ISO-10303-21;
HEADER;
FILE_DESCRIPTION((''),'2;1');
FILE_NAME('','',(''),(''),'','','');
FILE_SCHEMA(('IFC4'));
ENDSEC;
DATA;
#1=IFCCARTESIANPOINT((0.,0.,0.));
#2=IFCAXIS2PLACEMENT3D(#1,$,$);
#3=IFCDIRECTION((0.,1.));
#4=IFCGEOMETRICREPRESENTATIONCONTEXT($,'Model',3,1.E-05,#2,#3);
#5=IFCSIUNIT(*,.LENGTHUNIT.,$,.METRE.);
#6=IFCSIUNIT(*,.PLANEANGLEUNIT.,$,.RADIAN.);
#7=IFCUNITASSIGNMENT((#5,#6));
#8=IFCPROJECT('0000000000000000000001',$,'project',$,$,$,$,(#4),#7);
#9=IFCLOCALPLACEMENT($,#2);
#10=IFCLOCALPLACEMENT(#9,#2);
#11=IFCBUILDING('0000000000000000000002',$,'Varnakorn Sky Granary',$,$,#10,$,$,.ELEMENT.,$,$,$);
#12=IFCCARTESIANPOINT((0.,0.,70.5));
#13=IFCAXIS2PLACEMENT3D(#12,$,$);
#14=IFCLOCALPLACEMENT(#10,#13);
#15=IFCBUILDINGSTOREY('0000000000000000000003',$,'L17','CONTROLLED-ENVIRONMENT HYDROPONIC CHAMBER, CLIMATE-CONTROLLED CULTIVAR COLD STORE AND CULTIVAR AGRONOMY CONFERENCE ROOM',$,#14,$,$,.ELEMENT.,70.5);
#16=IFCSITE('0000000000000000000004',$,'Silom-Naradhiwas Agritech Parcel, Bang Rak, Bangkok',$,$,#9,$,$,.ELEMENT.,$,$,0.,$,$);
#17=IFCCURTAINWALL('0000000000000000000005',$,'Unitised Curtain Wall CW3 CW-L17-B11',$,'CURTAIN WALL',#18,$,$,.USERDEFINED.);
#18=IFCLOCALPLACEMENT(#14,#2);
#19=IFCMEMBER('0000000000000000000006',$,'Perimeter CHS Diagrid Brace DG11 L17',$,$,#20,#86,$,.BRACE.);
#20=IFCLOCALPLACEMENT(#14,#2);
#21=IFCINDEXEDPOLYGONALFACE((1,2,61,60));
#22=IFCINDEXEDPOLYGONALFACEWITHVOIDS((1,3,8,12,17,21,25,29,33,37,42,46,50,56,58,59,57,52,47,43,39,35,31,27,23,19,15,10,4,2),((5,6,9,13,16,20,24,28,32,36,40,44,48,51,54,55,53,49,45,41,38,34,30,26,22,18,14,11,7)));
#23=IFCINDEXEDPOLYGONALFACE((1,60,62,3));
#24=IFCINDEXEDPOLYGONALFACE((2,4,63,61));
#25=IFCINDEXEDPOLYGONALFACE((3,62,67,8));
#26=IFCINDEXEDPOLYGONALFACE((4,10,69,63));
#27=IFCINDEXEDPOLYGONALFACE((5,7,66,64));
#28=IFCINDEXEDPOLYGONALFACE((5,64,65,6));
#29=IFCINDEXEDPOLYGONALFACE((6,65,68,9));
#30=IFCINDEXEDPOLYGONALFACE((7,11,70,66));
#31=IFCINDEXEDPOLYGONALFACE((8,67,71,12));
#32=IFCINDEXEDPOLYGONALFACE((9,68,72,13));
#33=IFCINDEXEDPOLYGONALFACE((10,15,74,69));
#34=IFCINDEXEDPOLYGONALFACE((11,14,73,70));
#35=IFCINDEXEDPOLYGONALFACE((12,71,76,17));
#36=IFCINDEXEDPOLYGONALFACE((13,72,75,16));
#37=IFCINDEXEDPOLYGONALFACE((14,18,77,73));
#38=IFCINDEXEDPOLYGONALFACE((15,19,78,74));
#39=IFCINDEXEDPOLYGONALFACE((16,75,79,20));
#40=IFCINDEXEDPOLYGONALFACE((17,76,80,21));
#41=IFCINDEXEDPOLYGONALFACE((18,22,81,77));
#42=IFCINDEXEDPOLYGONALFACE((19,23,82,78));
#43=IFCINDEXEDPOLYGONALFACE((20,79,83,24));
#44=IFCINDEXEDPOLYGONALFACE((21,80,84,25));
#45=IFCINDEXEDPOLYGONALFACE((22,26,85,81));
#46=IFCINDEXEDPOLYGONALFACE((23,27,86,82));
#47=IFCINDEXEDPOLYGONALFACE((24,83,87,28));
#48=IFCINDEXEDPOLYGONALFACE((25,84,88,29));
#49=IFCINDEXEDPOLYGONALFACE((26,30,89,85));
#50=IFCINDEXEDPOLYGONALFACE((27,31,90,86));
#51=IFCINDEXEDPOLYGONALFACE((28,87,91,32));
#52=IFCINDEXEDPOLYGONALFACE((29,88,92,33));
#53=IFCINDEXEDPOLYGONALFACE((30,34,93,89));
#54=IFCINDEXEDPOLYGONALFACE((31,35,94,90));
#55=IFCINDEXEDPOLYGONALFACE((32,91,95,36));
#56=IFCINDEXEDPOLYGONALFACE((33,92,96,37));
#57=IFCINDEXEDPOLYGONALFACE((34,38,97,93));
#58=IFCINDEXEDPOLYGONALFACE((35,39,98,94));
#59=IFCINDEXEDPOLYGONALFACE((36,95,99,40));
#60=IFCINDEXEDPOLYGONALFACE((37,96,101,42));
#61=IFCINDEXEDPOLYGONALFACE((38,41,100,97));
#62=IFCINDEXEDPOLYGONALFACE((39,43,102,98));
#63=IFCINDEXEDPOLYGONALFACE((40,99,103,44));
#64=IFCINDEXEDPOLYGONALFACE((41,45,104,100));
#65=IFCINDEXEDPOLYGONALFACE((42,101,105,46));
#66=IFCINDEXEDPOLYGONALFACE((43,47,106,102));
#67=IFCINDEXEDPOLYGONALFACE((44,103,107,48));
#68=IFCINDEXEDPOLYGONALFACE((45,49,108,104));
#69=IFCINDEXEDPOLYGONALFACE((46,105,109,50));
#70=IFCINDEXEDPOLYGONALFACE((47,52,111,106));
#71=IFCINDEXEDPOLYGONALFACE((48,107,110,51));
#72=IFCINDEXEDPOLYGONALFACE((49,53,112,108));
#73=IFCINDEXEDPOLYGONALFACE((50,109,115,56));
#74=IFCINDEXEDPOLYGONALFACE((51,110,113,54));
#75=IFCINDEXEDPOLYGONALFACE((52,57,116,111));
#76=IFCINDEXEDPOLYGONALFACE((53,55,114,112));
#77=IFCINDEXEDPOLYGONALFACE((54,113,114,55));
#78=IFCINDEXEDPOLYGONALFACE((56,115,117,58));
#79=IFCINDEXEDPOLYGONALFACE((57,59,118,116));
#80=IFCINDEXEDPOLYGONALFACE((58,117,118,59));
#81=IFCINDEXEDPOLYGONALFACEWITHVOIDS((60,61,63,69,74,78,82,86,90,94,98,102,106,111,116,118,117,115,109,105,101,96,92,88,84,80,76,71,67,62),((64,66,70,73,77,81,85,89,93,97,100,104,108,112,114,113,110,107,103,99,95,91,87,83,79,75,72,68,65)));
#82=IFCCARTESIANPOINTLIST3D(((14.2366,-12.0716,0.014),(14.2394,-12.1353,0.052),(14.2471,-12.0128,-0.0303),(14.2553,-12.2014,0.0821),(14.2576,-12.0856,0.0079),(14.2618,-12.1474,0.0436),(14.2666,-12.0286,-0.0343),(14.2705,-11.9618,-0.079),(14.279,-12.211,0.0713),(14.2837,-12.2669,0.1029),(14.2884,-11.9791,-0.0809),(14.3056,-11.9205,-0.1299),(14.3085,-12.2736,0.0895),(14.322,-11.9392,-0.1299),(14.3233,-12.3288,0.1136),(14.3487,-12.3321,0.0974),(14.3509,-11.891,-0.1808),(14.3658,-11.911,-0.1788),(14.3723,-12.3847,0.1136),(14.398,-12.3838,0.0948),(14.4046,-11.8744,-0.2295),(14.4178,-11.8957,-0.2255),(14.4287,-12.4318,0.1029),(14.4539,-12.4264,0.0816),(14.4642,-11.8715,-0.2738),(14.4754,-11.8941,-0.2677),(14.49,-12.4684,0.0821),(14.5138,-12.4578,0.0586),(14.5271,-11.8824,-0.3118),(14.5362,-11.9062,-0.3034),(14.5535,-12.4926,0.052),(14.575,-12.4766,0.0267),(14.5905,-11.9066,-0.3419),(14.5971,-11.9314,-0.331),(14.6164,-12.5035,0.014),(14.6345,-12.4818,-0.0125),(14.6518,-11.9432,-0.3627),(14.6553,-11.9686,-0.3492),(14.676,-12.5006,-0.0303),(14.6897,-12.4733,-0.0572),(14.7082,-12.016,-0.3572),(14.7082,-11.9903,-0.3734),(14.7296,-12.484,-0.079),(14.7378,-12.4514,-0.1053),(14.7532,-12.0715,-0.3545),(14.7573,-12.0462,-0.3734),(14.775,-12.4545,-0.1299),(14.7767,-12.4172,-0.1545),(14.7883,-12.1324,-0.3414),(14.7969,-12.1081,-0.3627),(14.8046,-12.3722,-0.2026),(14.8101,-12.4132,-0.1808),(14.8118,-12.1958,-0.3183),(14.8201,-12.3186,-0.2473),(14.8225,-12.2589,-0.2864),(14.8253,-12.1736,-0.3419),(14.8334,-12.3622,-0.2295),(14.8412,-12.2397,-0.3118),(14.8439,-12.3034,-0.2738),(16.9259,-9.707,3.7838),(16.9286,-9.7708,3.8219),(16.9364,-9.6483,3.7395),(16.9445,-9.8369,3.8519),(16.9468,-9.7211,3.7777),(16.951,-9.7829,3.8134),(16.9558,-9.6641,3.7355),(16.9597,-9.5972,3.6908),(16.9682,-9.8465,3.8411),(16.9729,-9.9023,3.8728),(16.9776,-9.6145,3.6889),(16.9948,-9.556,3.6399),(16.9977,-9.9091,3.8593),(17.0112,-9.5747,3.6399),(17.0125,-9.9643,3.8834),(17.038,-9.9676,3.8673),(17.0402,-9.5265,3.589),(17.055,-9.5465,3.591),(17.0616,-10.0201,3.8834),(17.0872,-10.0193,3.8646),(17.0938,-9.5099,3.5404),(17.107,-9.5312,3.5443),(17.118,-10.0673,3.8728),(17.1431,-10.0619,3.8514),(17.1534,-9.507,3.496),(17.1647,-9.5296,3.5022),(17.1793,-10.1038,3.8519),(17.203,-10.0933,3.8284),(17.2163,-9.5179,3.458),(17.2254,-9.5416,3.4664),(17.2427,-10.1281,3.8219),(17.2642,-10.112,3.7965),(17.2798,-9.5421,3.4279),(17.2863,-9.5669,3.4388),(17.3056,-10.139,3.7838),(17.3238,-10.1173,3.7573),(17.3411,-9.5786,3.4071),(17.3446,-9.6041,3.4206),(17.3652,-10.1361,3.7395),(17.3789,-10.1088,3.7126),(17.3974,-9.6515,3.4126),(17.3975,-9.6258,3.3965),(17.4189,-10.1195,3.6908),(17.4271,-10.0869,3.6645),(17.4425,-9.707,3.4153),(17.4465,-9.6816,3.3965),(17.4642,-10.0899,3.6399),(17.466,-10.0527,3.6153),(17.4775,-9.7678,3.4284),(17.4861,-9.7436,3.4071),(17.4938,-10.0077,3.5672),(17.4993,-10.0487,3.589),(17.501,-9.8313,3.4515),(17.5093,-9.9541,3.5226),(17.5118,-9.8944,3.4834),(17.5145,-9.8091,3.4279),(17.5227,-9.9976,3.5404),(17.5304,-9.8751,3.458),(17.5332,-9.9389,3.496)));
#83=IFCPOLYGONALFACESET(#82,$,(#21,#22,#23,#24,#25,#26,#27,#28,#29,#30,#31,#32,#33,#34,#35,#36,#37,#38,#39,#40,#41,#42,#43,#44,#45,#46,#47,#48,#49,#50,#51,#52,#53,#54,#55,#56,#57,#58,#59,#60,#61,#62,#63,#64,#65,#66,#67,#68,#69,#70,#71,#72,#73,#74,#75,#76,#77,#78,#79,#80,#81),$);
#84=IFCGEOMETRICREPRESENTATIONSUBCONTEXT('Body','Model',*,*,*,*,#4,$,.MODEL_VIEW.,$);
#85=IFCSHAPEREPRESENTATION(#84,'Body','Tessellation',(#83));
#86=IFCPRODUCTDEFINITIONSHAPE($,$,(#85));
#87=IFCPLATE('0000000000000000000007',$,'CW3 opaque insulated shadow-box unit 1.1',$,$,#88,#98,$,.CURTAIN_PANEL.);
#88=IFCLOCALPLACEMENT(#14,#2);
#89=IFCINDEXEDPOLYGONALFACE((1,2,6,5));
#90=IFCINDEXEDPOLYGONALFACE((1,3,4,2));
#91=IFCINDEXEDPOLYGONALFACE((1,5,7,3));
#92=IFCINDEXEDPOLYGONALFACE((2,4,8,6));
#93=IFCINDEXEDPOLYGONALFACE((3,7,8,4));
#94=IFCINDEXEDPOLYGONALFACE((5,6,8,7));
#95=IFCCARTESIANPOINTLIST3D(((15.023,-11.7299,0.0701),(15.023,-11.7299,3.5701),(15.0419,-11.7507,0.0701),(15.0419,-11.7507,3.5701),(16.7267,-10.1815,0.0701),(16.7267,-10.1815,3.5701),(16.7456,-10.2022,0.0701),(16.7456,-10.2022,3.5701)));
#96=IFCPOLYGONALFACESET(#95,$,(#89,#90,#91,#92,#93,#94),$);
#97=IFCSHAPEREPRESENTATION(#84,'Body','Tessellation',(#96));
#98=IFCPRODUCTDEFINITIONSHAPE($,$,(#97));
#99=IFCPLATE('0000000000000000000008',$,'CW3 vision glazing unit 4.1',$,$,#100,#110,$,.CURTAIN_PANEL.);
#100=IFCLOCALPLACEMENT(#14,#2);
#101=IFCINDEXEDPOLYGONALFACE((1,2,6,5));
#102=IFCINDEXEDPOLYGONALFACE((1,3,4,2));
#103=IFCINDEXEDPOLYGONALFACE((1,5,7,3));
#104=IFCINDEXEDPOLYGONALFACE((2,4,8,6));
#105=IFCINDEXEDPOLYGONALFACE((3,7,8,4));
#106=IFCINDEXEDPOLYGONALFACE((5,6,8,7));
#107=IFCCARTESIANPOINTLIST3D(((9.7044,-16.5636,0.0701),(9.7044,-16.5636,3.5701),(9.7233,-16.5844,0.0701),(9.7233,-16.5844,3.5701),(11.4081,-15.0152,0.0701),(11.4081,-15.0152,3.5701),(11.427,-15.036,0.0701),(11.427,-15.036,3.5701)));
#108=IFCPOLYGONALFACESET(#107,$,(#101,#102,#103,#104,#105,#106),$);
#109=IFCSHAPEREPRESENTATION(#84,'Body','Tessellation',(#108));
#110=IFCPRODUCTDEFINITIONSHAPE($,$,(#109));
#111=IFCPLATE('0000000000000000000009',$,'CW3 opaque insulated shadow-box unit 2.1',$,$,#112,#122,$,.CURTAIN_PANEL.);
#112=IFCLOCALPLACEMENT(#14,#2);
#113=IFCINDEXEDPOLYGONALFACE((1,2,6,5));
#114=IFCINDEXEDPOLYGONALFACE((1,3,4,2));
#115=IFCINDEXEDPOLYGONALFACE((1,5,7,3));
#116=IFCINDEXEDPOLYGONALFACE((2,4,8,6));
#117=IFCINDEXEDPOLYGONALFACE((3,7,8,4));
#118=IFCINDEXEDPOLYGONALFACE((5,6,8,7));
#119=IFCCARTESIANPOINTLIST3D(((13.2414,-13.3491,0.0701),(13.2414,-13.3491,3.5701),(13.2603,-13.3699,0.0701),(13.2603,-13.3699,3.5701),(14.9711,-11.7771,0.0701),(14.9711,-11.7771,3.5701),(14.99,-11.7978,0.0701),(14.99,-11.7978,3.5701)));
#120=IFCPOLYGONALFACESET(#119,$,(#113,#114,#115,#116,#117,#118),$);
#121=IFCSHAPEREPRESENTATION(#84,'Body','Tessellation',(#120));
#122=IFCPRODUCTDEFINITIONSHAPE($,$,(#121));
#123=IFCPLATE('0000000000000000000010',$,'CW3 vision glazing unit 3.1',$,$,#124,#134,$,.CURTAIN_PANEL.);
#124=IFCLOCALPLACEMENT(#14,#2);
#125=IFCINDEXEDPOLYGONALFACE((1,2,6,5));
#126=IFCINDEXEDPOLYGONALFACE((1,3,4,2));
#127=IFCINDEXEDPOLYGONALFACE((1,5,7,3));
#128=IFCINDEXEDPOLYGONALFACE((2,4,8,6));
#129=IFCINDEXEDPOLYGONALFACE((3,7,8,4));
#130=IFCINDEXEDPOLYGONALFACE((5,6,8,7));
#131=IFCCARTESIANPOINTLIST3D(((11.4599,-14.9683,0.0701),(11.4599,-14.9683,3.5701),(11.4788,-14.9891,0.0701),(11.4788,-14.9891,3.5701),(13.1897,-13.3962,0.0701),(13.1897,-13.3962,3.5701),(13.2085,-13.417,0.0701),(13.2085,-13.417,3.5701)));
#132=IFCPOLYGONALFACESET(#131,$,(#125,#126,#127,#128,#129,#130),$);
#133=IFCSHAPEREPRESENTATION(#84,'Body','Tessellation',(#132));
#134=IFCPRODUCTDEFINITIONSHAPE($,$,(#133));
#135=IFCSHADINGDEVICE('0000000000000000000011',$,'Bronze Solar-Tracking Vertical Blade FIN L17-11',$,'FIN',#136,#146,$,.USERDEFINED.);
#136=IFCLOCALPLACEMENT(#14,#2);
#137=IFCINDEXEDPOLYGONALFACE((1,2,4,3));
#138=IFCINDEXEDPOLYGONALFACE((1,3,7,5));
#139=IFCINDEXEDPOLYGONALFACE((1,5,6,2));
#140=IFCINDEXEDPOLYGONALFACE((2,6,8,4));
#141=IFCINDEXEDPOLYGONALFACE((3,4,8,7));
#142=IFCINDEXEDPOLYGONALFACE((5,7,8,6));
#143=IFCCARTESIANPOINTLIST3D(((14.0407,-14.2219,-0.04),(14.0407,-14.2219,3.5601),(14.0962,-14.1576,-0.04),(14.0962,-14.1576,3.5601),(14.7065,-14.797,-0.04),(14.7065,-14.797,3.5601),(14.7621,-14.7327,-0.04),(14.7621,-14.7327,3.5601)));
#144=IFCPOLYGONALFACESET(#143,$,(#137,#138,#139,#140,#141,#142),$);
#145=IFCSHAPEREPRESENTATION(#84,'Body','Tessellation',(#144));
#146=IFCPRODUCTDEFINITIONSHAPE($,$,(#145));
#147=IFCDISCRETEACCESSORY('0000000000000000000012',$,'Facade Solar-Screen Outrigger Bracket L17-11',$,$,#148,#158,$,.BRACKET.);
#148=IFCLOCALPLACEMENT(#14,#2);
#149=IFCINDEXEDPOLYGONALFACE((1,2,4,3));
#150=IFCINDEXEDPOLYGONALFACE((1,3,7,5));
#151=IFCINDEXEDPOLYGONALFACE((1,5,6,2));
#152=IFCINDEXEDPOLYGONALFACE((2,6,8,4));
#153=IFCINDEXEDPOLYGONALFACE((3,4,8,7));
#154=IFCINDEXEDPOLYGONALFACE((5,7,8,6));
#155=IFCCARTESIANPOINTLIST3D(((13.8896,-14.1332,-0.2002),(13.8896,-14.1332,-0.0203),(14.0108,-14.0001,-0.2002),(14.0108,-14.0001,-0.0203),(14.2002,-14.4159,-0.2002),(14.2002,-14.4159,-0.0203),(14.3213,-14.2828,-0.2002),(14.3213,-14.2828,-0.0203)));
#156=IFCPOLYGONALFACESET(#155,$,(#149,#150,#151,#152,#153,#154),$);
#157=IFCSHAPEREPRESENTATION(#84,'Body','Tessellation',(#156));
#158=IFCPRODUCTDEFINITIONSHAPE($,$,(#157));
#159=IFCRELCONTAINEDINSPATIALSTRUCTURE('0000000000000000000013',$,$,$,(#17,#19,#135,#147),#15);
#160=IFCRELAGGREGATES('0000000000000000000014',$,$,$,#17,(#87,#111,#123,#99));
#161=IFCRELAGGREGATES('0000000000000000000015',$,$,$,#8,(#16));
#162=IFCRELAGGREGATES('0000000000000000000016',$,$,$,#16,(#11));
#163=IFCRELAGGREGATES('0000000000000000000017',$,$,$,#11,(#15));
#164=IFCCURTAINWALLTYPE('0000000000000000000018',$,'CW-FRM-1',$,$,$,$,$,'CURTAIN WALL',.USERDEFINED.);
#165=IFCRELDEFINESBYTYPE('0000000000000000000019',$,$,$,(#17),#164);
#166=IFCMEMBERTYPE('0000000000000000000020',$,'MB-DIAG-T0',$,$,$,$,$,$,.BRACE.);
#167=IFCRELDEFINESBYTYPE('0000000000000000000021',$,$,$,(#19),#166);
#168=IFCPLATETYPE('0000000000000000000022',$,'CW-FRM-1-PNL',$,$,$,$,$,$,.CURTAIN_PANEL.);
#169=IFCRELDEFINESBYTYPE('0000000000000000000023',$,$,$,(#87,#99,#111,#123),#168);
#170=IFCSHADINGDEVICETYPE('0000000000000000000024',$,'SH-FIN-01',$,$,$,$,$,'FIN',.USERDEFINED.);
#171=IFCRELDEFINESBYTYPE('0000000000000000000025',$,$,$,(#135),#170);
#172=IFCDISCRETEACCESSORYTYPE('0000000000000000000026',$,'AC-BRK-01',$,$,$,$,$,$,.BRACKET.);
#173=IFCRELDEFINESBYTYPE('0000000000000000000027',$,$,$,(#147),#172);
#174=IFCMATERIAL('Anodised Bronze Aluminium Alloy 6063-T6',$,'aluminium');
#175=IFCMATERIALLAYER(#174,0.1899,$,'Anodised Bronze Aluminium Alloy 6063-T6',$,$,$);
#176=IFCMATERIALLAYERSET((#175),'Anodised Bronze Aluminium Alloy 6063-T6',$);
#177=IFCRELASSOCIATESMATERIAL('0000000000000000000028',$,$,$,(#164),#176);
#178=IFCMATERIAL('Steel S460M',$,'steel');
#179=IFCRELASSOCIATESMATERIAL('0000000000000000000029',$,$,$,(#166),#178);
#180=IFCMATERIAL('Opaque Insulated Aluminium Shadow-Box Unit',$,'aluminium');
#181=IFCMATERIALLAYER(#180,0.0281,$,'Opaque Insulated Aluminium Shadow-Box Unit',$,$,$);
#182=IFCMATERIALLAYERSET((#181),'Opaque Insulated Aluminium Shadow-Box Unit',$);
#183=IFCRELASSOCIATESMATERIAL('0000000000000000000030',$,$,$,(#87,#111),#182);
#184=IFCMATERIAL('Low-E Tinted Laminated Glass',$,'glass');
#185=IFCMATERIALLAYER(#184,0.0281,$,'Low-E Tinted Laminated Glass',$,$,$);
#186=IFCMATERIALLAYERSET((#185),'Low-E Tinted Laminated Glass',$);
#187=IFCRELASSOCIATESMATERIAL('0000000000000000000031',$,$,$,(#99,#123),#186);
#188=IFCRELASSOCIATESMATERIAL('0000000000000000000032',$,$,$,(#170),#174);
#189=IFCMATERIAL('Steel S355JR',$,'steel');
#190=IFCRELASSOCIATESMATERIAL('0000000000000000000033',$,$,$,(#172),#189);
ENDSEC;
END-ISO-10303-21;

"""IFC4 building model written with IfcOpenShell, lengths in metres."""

from ifc_helpers import new_model, si_unit, direction, frame, origin, origin_2d, place, context, subcontext, project, spatial, rectangle, hollow_circle, extrude, source, transform, mapped, material, layer, layer_set, material_profile, profile_set, type_object, type_shapes, element, aggregate, save


model = new_model("IFC4")

# Units and contexts
model_context = context("Model", 3, precision=1e-05, world=origin(), true_north=direction((0.0, 1.0)))
body_context = subcontext(model_context, "Body", "Model", "MODEL_VIEW")
ifc_project = project(units=[si_unit("LENGTHUNIT", "METRE"), si_unit("PLANEANGLEUNIT", "RADIAN")], contexts=[model_context])

# Site, building, storey
site_placement = place(None, origin())
site = spatial("IfcSite", under=ifc_project, at=site_placement, Name="Silom-Naradhiwas Agritech Parcel, Bang Rak, Bangkok", CompositionType="ELEMENT", RefElevation=0.0)
building_placement = place(site_placement, origin())
building = spatial("IfcBuilding", under=site, at=building_placement, Name="Varnakorn Sky Granary", CompositionType="ELEMENT")
storey_placement = place(building_placement, frame((0.0, 0.0, 70.5)))
storey = spatial("IfcBuildingStorey", under=building, at=storey_placement, Name="L17", Description="CONTROLLED-ENVIRONMENT HYDROPONIC CHAMBER, CLIMATE-CONTROLLED CULTIVAR COLD STORE AND CULTIVAR AGRONOMY CONFERENCE ROOM", CompositionType="ELEMENT", Elevation=70.5)

# Shared definitions
ifc_material_1 = material(Name="Steel S460M", Category="steel")

# Shared definitions
ifc_material_2 = material(Name="Steel S355JR", Category="steel")

# Curtain wall
ifc_material_3 = material(Name="Anodised Bronze Aluminium Alloy 6063-T6", Category="aluminium")
ifc_layer_1 = layer(ifc_material_3, 0.1899, Name="Anodised Bronze Aluminium Alloy 6063-T6")
ifc_layer_set_1 = layer_set([ifc_layer_1], Name="Anodised Bronze Aluminium Alloy 6063-T6")
curtain_wall_type = type_object("IfcCurtainWallType", Name="CW-FRM-1", ElementType="CURTAIN WALL", PredefinedType="USERDEFINED", material=ifc_layer_set_1)
curtain_wall_placement = place(storey_placement, origin())
curtain_wall = element("IfcCurtainWall", 1, at=curtain_wall_placement, inside=storey, type_object=curtain_wall_type, Name="Unitised Curtain Wall CW3 CW-L17-B11", ObjectType="CURTAIN WALL", PredefinedType="USERDEFINED")

# Member
ifc_material_profile_1 = material_profile(ifc_material_1, hollow_circle(Radius=0.3555, WallThickness=0.0249, at=origin_2d()), Name="CHS 711x25")
ifc_profile_set_1 = profile_set([ifc_material_profile_1], Name="Steel S460M")
member_type_1 = type_object("IfcMemberType", Name="MB-DIAG-T0", PredefinedType="BRACE", material=ifc_profile_set_1)
member_1_placement = place(storey_placement, frame((14.5403, -12.1875, -0.1299), z_axis=(0.517214, 0.454763, 0.725038), x_axis=(-0.660313, 0.750991, 0.0)))
element("IfcMember", 2, at=member_1_placement, inside=storey, type_object=member_type_1, Name="Perimeter CHS Diagrid Brace DG11 L17", PredefinedType="BRACE", context=body_context, shape_type="SweptSolid", body=[
    extrude(hollow_circle(Radius=0.3555, WallThickness=0.0249, at=origin_2d()), origin(), (0.0, 0.0, 1.0), 5.1995),
])

# Plates
ifc_material_4 = material(Name="Opaque Insulated Aluminium Shadow-Box Unit", Category="aluminium")
ifc_layer_2 = layer(ifc_material_4, 0.0281, Name="Opaque Insulated Aluminium Shadow-Box Unit")
ifc_layer_set_2 = layer_set([ifc_layer_2], Name="Opaque Insulated Aluminium Shadow-Box Unit")
plate_type = type_object("IfcPlateType", Name="CW-FRM-1-PNL", PredefinedType="CURTAIN_PANEL")
shared_shape_1 = source(origin(), body_context, "Body", "SweptSolid", [
    extrude(rectangle(XDim=2.3022, YDim=0.0281, at=origin_2d()), origin(), (0.0, 0.0, 1.0), 3.5),
])
plate_1_placement = place(storey_placement, frame((15.8843, -10.9661, 0.0701), z_axis=(0.0, 0.0, 1.0), x_axis=(-0.740022, -0.672582, 0.0)))
plate_1 = element("IfcPlate", 3, at=plate_1_placement, type_object=plate_type, material=ifc_layer_set_2, Name="CW3 opaque insulated shadow-box unit 1.1", PredefinedType="CURTAIN_PANEL", context=body_context, shape_type="MappedRepresentation", body=[
    mapped(shared_shape_1, transform((0.0, 0.0, 0.0), x_axis=(1.0, 0.0, 0.0), y_axis=(0.0, 1.0, 0.0), z_axis=(0.0, 0.0, 1.0), scale=1.0)),
])
ifc_material_5 = material(Name="Low-E Tinted Laminated Glass", Category="glass")
ifc_layer_3 = layer(ifc_material_5, 0.0281, Name="Low-E Tinted Laminated Glass")
ifc_layer_set_3 = layer_set([ifc_layer_3], Name="Low-E Tinted Laminated Glass")
plate_2_placement = place(storey_placement, frame((10.5657, -15.7998, 0.0701), z_axis=(0.0, 0.0, 1.0), x_axis=(-0.740022, -0.672582, 0.0)))
plate_2 = element("IfcPlate", 4, at=plate_2_placement, type_object=plate_type, material=ifc_layer_set_3, Name="CW3 vision glazing unit 4.1", PredefinedType="CURTAIN_PANEL", context=body_context, shape_type="MappedRepresentation", body=[
    mapped(shared_shape_1, transform((0.0, 0.0, 0.0), x_axis=(1.0, 0.0, 0.0), y_axis=(0.0, 1.0, 0.0), z_axis=(0.0, 0.0, 1.0), scale=1.0)),
])
shared_shape_2 = source(origin(), body_context, "Body", "SweptSolid", [
    extrude(rectangle(XDim=2.3374, YDim=0.0281, at=origin_2d()), origin(), (0.0, 0.0, 1.0), 3.5),
])
type_shapes(plate_type, [shared_shape_1, shared_shape_2])
plate_3_placement = place(storey_placement, frame((14.1157, -12.5735, 0.0701), z_axis=(0.0, 0.0, 1.0), x_axis=(-0.740022, -0.672582, 0.0)))
plate_3 = element("IfcPlate", 5, at=plate_3_placement, type_object=plate_type, material=ifc_layer_set_2, Name="CW3 opaque insulated shadow-box unit 2.1", PredefinedType="CURTAIN_PANEL", context=body_context, shape_type="MappedRepresentation", body=[
    mapped(shared_shape_2, transform((0.0, 0.0, 0.0), x_axis=(1.0, 0.0, 0.0), y_axis=(0.0, 1.0, 0.0), z_axis=(0.0, 0.0, 1.0), scale=1.0)),
])
plate_4_placement = place(storey_placement, frame((12.3342, -14.1926, 0.0701), z_axis=(0.0, 0.0, 1.0), x_axis=(-0.740022, -0.672582, 0.0)))
plate_4 = element("IfcPlate", 6, at=plate_4_placement, type_object=plate_type, material=ifc_layer_set_3, Name="CW3 vision glazing unit 3.1", PredefinedType="CURTAIN_PANEL", context=body_context, shape_type="MappedRepresentation", body=[
    mapped(shared_shape_2, transform((0.0, 0.0, 0.0), x_axis=(1.0, 0.0, 0.0), y_axis=(0.0, 1.0, 0.0), z_axis=(0.0, 0.0, 1.0), scale=1.0)),
])
aggregate(curtain_wall, [plate_1, plate_3, plate_4, plate_2])

# Shading device
shading_device_type = type_object("IfcShadingDeviceType", Name="SH-FIN-01", ElementType="FIN", PredefinedType="USERDEFINED", material=ifc_material_3)
shared_shape_3 = source(origin(), body_context, "Body", "SweptSolid", [
    extrude(rectangle(XDim=0.085, YDim=0.8799, at=origin_2d()), origin(), (0.0, 0.0, 1.0), 3.6001),
])
type_shapes(shading_device_type, [shared_shape_3])
shading_device_placement = place(storey_placement, frame((14.4014, -14.4773, -0.04), z_axis=(0.0, 0.0, 1.0), x_axis=(0.653681, 0.75677, 0.0)))
element("IfcShadingDevice", 7, at=shading_device_placement, inside=storey, type_object=shading_device_type, Name="Bronze Solar-Tracking Vertical Blade FIN L17-11", ObjectType="FIN", PredefinedType="USERDEFINED", context=body_context, shape_type="MappedRepresentation", body=[
    mapped(shared_shape_3, transform((0.0, 0.0, 0.0), x_axis=(1.0, 0.0, 0.0), y_axis=(0.0, 1.0, 0.0), z_axis=(0.0, 0.0, 1.0), scale=1.0)),
])

# Discrete accessory
discrete_accessory_type = type_object("IfcDiscreteAccessoryType", Name="AC-BRK-01", PredefinedType="BRACKET", material=ifc_material_2)
shared_shape_4 = source(origin(), body_context, "Body", "SweptSolid", [
    extrude(rectangle(XDim=0.1799, YDim=0.4199, at=origin_2d()), origin(), (0.0, 0.0, 1.0), 0.1799),
])
type_shapes(discrete_accessory_type, [shared_shape_4])
discrete_accessory_placement = place(storey_placement, frame((14.1055, -14.208, -0.2002), z_axis=(0.0, 0.0, 1.0), x_axis=(0.673224, 0.739439, 0.0)))
element("IfcDiscreteAccessory", 8, at=discrete_accessory_placement, inside=storey, type_object=discrete_accessory_type, Name="Facade Solar-Screen Outrigger Bracket L17-11", PredefinedType="BRACKET", context=body_context, shape_type="MappedRepresentation", body=[
    mapped(shared_shape_4, transform((0.0, 0.0, 0.0), x_axis=(1.0, 0.0, 0.0), y_axis=(0.0, 1.0, 0.0), z_axis=(0.0, 0.0, 1.0), scale=1.0)),
])

save(model, "model.ifc")
